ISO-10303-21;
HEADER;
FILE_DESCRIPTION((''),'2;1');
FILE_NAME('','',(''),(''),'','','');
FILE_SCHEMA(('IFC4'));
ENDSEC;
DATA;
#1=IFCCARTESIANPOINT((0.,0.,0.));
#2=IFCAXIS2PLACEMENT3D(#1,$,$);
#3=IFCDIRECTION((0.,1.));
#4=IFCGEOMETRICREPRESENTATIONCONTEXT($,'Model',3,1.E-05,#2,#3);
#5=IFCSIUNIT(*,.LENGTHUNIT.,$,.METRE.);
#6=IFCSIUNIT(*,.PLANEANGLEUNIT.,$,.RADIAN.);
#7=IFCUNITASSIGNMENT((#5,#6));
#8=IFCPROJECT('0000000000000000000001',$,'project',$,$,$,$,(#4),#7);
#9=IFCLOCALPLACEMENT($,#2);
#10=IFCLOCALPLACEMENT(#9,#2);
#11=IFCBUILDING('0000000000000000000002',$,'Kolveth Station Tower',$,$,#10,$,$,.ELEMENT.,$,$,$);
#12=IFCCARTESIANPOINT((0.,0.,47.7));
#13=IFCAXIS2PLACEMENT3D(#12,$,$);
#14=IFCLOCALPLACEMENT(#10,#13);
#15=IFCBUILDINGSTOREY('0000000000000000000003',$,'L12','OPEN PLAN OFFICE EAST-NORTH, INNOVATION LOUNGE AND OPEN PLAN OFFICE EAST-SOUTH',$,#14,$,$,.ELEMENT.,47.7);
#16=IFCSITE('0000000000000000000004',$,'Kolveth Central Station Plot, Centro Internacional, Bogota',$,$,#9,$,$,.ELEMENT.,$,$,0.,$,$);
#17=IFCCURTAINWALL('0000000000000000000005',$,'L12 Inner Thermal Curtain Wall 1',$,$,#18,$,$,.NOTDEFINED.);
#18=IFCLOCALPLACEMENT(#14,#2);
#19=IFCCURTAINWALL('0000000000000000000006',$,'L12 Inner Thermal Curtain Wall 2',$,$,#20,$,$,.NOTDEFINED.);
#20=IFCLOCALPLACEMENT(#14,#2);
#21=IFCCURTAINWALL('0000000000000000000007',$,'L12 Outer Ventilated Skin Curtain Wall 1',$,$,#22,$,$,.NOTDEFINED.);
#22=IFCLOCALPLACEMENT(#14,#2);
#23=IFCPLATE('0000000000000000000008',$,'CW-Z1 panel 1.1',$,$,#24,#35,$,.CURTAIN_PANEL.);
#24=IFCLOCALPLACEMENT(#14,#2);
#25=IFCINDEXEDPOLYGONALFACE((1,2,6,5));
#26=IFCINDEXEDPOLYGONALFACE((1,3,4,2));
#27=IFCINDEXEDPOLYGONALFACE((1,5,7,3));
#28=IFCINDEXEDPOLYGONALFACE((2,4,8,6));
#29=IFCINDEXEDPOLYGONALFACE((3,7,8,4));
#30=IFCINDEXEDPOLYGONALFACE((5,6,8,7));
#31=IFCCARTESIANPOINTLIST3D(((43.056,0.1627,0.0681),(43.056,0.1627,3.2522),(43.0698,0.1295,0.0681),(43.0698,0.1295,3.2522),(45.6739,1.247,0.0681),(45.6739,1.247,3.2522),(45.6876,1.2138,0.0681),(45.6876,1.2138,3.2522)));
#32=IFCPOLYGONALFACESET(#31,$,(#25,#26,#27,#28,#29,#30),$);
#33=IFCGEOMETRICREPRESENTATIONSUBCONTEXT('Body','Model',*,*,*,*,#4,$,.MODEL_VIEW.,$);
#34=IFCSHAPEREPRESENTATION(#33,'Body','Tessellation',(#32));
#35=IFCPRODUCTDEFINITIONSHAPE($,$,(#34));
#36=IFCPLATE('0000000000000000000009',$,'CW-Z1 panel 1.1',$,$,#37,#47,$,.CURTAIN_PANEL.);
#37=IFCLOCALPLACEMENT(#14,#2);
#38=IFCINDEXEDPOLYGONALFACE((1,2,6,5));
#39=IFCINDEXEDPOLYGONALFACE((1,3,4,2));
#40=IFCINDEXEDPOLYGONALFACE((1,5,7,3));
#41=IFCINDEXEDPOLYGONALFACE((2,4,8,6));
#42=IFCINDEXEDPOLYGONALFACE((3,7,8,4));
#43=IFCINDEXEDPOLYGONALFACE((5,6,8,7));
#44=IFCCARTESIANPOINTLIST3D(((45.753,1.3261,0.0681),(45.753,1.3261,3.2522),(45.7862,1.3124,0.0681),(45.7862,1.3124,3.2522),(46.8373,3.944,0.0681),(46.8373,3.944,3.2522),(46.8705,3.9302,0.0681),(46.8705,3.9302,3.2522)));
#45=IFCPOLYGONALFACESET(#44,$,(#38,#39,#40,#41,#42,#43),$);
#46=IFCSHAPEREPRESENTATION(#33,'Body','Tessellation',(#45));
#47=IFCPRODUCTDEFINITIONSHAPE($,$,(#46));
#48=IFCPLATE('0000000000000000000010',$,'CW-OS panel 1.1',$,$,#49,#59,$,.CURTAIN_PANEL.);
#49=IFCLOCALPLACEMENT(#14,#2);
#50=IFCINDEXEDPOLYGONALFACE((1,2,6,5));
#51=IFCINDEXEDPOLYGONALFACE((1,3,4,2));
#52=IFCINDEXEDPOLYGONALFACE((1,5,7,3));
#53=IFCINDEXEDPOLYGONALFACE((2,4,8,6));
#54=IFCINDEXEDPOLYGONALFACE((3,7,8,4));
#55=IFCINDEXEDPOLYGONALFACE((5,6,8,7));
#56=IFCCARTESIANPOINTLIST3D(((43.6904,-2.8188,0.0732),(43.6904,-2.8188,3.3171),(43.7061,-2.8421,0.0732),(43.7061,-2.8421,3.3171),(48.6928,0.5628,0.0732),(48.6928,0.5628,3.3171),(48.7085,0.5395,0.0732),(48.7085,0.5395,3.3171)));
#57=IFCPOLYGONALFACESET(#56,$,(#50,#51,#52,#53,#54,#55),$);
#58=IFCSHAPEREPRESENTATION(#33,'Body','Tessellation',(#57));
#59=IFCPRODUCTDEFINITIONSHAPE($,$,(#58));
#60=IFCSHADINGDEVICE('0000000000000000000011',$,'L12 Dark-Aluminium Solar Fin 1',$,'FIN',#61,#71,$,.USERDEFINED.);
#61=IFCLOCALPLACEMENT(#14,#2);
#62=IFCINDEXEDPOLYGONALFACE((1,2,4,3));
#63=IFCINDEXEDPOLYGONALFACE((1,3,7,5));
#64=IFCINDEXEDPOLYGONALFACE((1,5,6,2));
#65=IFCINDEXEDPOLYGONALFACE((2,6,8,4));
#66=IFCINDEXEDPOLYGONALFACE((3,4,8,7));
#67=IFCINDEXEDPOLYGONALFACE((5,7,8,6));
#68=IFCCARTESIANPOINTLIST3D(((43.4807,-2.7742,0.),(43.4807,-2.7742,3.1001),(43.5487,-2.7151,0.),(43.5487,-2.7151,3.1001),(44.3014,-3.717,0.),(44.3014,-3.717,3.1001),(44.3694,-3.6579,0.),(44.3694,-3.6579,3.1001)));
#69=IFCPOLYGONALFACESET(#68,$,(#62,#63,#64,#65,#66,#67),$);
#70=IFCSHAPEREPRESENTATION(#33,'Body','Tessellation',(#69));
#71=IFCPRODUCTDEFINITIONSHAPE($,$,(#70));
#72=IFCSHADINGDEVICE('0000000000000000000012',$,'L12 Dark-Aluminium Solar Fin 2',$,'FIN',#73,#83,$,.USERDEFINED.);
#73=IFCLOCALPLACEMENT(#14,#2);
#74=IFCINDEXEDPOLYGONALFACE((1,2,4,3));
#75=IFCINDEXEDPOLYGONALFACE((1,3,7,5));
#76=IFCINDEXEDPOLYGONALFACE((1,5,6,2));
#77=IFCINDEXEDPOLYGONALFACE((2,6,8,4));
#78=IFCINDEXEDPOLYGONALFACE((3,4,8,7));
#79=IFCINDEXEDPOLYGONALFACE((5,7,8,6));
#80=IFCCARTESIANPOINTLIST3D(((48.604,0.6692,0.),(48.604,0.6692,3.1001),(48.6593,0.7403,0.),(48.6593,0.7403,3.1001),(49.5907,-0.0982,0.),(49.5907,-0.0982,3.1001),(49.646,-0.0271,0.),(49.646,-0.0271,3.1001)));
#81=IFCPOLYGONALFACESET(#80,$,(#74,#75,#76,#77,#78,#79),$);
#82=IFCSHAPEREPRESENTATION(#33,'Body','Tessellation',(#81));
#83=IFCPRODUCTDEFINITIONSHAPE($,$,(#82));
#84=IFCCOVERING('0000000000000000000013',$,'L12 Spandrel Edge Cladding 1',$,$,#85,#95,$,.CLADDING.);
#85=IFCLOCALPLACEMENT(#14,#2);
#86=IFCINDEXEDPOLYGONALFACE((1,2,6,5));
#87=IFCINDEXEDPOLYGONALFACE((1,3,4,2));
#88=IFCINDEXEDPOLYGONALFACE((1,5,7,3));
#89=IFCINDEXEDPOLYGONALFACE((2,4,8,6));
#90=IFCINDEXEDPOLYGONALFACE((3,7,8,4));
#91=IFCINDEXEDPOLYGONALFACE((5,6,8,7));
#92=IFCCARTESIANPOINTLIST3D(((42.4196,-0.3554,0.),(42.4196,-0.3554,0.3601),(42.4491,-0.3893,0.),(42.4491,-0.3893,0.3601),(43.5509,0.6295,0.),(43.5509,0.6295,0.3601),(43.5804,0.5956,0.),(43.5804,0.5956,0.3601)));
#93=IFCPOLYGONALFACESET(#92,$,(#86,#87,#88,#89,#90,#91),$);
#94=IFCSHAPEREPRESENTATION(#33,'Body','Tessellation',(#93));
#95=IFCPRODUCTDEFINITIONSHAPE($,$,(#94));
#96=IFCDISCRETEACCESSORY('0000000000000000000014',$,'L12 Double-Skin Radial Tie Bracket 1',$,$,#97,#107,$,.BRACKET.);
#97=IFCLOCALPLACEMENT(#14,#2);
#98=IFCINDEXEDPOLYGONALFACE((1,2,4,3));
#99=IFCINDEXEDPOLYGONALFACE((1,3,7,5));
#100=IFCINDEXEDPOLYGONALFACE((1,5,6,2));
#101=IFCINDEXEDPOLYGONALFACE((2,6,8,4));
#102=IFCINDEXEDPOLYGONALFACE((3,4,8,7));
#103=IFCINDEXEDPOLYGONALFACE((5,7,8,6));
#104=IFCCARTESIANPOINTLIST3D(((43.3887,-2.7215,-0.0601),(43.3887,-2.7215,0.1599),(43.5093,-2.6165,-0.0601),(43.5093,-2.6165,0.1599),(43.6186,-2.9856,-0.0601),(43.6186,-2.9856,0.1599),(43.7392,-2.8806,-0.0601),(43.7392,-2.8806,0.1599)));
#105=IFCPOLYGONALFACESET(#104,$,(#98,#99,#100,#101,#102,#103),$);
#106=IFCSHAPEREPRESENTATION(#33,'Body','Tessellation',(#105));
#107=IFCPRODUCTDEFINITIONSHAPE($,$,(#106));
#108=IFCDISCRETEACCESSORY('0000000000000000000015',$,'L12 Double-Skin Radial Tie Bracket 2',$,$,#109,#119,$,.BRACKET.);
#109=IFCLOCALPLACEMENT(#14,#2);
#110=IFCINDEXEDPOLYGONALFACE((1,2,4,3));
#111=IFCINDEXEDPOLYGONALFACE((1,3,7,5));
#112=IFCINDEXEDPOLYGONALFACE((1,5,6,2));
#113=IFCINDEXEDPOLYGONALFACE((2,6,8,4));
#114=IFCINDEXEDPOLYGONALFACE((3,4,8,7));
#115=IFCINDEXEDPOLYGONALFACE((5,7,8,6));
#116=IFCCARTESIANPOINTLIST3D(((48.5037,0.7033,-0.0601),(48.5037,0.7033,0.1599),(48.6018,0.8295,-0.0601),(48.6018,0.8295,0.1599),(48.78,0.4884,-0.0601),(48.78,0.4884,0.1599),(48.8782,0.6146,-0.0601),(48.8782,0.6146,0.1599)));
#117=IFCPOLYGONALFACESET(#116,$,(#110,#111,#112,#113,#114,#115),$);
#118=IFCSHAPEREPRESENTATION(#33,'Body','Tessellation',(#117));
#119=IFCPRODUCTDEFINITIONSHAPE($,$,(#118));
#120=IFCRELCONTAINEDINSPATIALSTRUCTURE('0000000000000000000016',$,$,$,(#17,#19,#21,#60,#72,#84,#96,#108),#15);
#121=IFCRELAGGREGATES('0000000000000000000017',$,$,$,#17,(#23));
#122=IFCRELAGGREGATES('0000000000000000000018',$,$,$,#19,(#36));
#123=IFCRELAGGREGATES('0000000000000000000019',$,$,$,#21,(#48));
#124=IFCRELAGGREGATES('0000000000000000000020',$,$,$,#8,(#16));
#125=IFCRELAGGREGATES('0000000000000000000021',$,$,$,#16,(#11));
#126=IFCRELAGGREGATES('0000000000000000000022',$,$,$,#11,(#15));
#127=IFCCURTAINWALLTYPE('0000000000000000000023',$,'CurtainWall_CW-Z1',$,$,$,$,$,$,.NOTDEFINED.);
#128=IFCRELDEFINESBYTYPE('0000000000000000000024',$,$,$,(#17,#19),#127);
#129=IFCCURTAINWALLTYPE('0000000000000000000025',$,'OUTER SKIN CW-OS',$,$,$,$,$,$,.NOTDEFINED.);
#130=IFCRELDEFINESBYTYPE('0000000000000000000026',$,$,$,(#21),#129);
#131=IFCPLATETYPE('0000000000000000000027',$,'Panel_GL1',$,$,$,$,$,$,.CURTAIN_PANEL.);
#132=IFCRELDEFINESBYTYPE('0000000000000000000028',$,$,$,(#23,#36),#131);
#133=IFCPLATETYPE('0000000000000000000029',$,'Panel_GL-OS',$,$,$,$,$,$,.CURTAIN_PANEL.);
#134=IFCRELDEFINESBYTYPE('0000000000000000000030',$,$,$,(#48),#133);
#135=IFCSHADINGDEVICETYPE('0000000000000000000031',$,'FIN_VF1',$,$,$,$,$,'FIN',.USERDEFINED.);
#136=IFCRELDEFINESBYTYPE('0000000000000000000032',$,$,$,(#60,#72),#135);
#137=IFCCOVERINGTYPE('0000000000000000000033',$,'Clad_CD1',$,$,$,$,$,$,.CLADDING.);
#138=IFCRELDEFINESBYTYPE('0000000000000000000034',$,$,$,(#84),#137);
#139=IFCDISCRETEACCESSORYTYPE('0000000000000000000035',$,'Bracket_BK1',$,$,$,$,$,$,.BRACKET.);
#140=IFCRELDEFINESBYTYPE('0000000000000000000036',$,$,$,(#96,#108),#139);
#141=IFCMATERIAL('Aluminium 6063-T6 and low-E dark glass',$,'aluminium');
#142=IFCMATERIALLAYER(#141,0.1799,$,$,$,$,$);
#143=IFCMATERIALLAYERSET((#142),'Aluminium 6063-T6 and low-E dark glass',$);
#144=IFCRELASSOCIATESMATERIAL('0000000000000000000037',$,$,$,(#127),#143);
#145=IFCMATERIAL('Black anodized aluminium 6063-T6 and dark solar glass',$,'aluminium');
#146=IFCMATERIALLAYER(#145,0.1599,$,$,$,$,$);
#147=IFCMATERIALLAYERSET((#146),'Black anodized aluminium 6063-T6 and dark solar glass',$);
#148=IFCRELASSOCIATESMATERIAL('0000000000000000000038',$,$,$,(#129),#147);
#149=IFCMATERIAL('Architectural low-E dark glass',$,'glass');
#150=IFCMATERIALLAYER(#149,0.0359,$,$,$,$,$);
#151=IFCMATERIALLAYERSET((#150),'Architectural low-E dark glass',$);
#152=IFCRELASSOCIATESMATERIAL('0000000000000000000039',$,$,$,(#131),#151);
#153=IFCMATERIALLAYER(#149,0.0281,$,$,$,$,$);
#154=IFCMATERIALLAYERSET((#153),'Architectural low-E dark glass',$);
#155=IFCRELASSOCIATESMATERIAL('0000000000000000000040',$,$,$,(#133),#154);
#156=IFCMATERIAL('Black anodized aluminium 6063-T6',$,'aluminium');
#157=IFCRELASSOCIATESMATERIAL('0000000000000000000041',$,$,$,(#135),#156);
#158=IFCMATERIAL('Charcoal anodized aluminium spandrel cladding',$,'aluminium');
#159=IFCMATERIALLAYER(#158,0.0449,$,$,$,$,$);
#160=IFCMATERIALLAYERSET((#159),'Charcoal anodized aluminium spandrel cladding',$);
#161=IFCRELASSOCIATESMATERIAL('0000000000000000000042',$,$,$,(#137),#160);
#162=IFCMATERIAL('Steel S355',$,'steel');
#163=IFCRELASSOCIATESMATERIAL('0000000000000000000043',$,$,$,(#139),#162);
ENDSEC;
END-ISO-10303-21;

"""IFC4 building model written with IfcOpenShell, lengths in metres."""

from ifc_helpers import new_model, si_unit, direction, frame, origin, origin_2d, place, context, subcontext, project, spatial, rectangle, extrude, source, transform, mapped, material, layer, layer_set, type_object, element, aggregate, save


model = new_model("IFC4")

# Units and contexts
model_context = context("Model", 3, precision=1e-05, world=origin(), true_north=direction((0.0, 1.0)))
body_context = subcontext(model_context, "Body", "Model", "MODEL_VIEW")
ifc_project = project(units=[si_unit("LENGTHUNIT", "METRE"), si_unit("PLANEANGLEUNIT", "RADIAN")], contexts=[model_context])

# Site, building, storey
site_placement = place(None, origin())
site = spatial("IfcSite", under=ifc_project, at=site_placement, Name="Kolveth Central Station Plot, Centro Internacional, Bogota", CompositionType="ELEMENT", RefElevation=0.0)
building_placement = place(site_placement, origin())
building = spatial("IfcBuilding", under=site, at=building_placement, Name="Kolveth Station Tower", CompositionType="ELEMENT")
storey_placement = place(building_placement, frame((0.0, 0.0, 47.7)))
storey = spatial("IfcBuildingStorey", under=building, at=storey_placement, Name="L12", Description="OPEN PLAN OFFICE EAST-NORTH, INNOVATION LOUNGE AND OPEN PLAN OFFICE EAST-SOUTH", CompositionType="ELEMENT", Elevation=47.7)

# Shared definitions
ifc_material_1 = material(Name="Steel S355", Category="steel")

# Curtain walls
ifc_material_2 = material(Name="Aluminium 6063-T6 and low-E dark glass", Category="aluminium")
ifc_layer_1 = layer(ifc_material_2, 0.1799)
ifc_layer_set_1 = layer_set([ifc_layer_1], Name="Aluminium 6063-T6 and low-E dark glass")
curtain_wall_type_1 = type_object("IfcCurtainWallType", Name="CurtainWall_CW-Z1", PredefinedType="NOTDEFINED", material=ifc_layer_set_1)
curtain_wall_1_placement = place(storey_placement, origin())
curtain_wall_1 = element("IfcCurtainWall", 1, at=curtain_wall_1_placement, inside=storey, type_object=curtain_wall_type_1, Name="L12 Inner Thermal Curtain Wall 1", PredefinedType="NOTDEFINED")
ifc_material_3 = material(Name="Black anodized aluminium 6063-T6", Category="aluminium")
curtain_wall_2_placement = place(storey_placement, origin())
curtain_wall_2 = element("IfcCurtainWall", 2, at=curtain_wall_2_placement, inside=storey, type_object=curtain_wall_type_1, Name="L12 Inner Thermal Curtain Wall 2", PredefinedType="NOTDEFINED")

# Curtain wall
ifc_material_4 = material(Name="Black anodized aluminium 6063-T6 and dark solar glass", Category="aluminium")
ifc_layer_2 = layer(ifc_material_4, 0.1599)
ifc_layer_set_2 = layer_set([ifc_layer_2], Name="Black anodized aluminium 6063-T6 and dark solar glass")
curtain_wall_type_2 = type_object("IfcCurtainWallType", Name="OUTER SKIN CW-OS", PredefinedType="NOTDEFINED", material=ifc_layer_set_2)
curtain_wall_3_placement = place(storey_placement, origin())
curtain_wall_3 = element("IfcCurtainWall", 3, at=curtain_wall_3_placement, inside=storey, type_object=curtain_wall_type_2, Name="L12 Outer Ventilated Skin Curtain Wall 1", PredefinedType="NOTDEFINED")

# Plates
ifc_material_5 = material(Name="Architectural low-E dark glass", Category="glass")
ifc_layer_3 = layer(ifc_material_5, 0.0359)
ifc_layer_set_3 = layer_set([ifc_layer_3], Name="Architectural low-E dark glass")
plate_type_1 = type_object("IfcPlateType", Name="Panel_GL1", PredefinedType="CURTAIN_PANEL", material=ifc_layer_set_3)
shared_shape_1 = source(origin(), body_context, "Body", "SweptSolid", [
    extrude(rectangle(XDim=2.8335, YDim=0.0359, at=origin_2d()), origin(), (0.0, 0.0, 1.0), 3.1841),
])
plate_1_placement = place(storey_placement, frame((44.3718, 0.6882, 0.0681), z_axis=(0.0, 0.0, 1.0), x_axis=(0.923884, 0.382673, 0.0)))
plate_1 = element("IfcPlate", 4, at=plate_1_placement, type_object=plate_type_1, Name="CW-Z1 panel 1.1", PredefinedType="CURTAIN_PANEL", context=body_context, shape_type="MappedRepresentation", body=[
    mapped(shared_shape_1, transform((0.0, 0.0, 0.0), x_axis=(1.0, 0.0, 0.0), y_axis=(0.0, 1.0, 0.0), z_axis=(0.0, 0.0, 1.0), scale=1.0)),
])
aggregate(curtain_wall_1, [plate_1])
plate_2_placement = place(storey_placement, frame((46.3118, 2.6282, 0.0681), z_axis=(0.0, 0.0, 1.0), x_axis=(0.382673, 0.923884, 0.0)))
plate_2 = element("IfcPlate", 5, at=plate_2_placement, type_object=plate_type_1, Name="CW-Z1 panel 1.1", PredefinedType="CURTAIN_PANEL", context=body_context, shape_type="MappedRepresentation", body=[
    mapped(shared_shape_1, transform((0.0, 0.0, 0.0), x_axis=(1.0, 0.0, 0.0), y_axis=(0.0, 1.0, 0.0), z_axis=(0.0, 0.0, 1.0), scale=1.0)),
])
aggregate(curtain_wall_2, [plate_2])
ifc_layer_4 = layer(ifc_material_5, 0.0281)
ifc_layer_set_4 = layer_set([ifc_layer_4], Name="Architectural low-E dark glass")
plate_type_2 = type_object("IfcPlateType", Name="Panel_GL-OS", PredefinedType="CURTAIN_PANEL", material=ifc_layer_set_4)
shared_shape_2 = source(origin(), body_context, "Body", "SweptSolid", [
    extrude(rectangle(XDim=6.0381, YDim=0.0281, at=origin_2d()), origin(), (0.0, 0.0, 1.0), 3.2439),
])
plate_3_placement = place(storey_placement, frame((46.1995, -1.1396, 0.0732), z_axis=(0.0, 0.0, 1.0), x_axis=(0.828467, 0.560037, 0.0)))
plate_3 = element("IfcPlate", 6, at=plate_3_placement, type_object=plate_type_2, Name="CW-OS panel 1.1", PredefinedType="CURTAIN_PANEL", context=body_context, shape_type="MappedRepresentation", body=[
    mapped(shared_shape_2, transform((0.0, 0.0, 0.0), x_axis=(1.0, 0.0, 0.0), y_axis=(0.0, 1.0, 0.0), z_axis=(0.0, 0.0, 1.0), scale=1.0)),
])
aggregate(curtain_wall_3, [plate_3])

# Shading devices
shading_device_type = type_object("IfcShadingDeviceType", Name="FIN_VF1", ElementType="FIN", PredefinedType="USERDEFINED", material=ifc_material_3)
shared_shape_3 = source(origin(), body_context, "Body", "SweptSolid", [
    extrude(rectangle(XDim=1.25, YDim=0.0901, at=origin_2d()), origin(), (0.0, 0.0, 1.0), 3.1001),
])
for number, where, z_axis, x_axis, name in (
    (7, (43.925, -3.2161, 0.0), (0.0, 0.0, 1.0), (0.656586, -0.754251, 0.0), "L12 Dark-Aluminium Solar Fin 1"),
    (8, (49.125, 0.321, 0.0), (0.0, 0.0, 1.0), (0.789406, -0.613872, 0.0), "L12 Dark-Aluminium Solar Fin 2"),
):
    element("IfcShadingDevice", number, at=place(storey_placement, frame(where, z_axis=z_axis, x_axis=x_axis)), inside=storey, type_object=shading_device_type, Name=name, ObjectType="FIN", PredefinedType="USERDEFINED", context=body_context, shape_type="MappedRepresentation", body=[
        mapped(shared_shape_3, transform((0.0, 0.0, 0.0), x_axis=(1.0, 0.0, 0.0), y_axis=(0.0, 1.0, 0.0), z_axis=(0.0, 0.0, 1.0), scale=1.0)),
    ])

# Covering
ifc_material_6 = material(Name="Charcoal anodized aluminium spandrel cladding", Category="aluminium")
ifc_layer_5 = layer(ifc_material_6, 0.0449)
ifc_layer_set_5 = layer_set([ifc_layer_5], Name="Charcoal anodized aluminium spandrel cladding")
covering_type = type_object("IfcCoveringType", Name="Clad_CD1", PredefinedType="CLADDING", material=ifc_layer_set_5)
shared_shape_4 = source(origin(), body_context, "Body", "SweptSolid", [
    extrude(rectangle(XDim=1.5, YDim=0.0449, at=origin_2d()), origin(), (0.0, 0.0, 1.0), 0.3601),
])
covering_placement = place(storey_placement, frame((43.0, 0.1201, 0.0), z_axis=(0.0, 0.0, 1.0), x_axis=(0.754251, 0.656586, 0.0)))
element("IfcCovering", 9, at=covering_placement, inside=storey, type_object=covering_type, Name="L12 Spandrel Edge Cladding 1", PredefinedType="CLADDING", context=body_context, shape_type="MappedRepresentation", body=[
    mapped(shared_shape_4, transform((0.0, 0.0, 0.0), x_axis=(1.0, 0.0, 0.0), y_axis=(0.0, 1.0, 0.0), z_axis=(0.0, 0.0, 1.0), scale=1.0)),
])

# Discrete accessories
discrete_accessory_type = type_object("IfcDiscreteAccessoryType", Name="Bracket_BK1", PredefinedType="BRACKET", material=ifc_material_1)
shared_shape_5 = source(origin(), body_context, "Body", "SweptSolid", [
    extrude(rectangle(XDim=0.3501, YDim=0.1599, at=origin_2d()), origin(), (0.0, 0.0, 1.0), 0.22),
])
for number, where, z_axis, x_axis, name in (
    (10, (43.564, -2.801, -0.0601), (0.0, 0.0, 1.0), (0.656586, -0.754251, 0.0), "L12 Double-Skin Radial Tie Bracket 1"),
    (11, (48.6909, 0.6589, -0.0601), (0.0, 0.0, 1.0), (0.789406, -0.613872, 0.0), "L12 Double-Skin Radial Tie Bracket 2"),
):
    element("IfcDiscreteAccessory", number, at=place(storey_placement, frame(where, z_axis=z_axis, x_axis=x_axis)), inside=storey, type_object=discrete_accessory_type, Name=name, PredefinedType="BRACKET", context=body_context, shape_type="MappedRepresentation", body=[
        mapped(shared_shape_5, transform((0.0, 0.0, 0.0), x_axis=(1.0, 0.0, 0.0), y_axis=(0.0, 1.0, 0.0), z_axis=(0.0, 0.0, 1.0), scale=1.0)),
    ])

save(model, "model.ifc")
